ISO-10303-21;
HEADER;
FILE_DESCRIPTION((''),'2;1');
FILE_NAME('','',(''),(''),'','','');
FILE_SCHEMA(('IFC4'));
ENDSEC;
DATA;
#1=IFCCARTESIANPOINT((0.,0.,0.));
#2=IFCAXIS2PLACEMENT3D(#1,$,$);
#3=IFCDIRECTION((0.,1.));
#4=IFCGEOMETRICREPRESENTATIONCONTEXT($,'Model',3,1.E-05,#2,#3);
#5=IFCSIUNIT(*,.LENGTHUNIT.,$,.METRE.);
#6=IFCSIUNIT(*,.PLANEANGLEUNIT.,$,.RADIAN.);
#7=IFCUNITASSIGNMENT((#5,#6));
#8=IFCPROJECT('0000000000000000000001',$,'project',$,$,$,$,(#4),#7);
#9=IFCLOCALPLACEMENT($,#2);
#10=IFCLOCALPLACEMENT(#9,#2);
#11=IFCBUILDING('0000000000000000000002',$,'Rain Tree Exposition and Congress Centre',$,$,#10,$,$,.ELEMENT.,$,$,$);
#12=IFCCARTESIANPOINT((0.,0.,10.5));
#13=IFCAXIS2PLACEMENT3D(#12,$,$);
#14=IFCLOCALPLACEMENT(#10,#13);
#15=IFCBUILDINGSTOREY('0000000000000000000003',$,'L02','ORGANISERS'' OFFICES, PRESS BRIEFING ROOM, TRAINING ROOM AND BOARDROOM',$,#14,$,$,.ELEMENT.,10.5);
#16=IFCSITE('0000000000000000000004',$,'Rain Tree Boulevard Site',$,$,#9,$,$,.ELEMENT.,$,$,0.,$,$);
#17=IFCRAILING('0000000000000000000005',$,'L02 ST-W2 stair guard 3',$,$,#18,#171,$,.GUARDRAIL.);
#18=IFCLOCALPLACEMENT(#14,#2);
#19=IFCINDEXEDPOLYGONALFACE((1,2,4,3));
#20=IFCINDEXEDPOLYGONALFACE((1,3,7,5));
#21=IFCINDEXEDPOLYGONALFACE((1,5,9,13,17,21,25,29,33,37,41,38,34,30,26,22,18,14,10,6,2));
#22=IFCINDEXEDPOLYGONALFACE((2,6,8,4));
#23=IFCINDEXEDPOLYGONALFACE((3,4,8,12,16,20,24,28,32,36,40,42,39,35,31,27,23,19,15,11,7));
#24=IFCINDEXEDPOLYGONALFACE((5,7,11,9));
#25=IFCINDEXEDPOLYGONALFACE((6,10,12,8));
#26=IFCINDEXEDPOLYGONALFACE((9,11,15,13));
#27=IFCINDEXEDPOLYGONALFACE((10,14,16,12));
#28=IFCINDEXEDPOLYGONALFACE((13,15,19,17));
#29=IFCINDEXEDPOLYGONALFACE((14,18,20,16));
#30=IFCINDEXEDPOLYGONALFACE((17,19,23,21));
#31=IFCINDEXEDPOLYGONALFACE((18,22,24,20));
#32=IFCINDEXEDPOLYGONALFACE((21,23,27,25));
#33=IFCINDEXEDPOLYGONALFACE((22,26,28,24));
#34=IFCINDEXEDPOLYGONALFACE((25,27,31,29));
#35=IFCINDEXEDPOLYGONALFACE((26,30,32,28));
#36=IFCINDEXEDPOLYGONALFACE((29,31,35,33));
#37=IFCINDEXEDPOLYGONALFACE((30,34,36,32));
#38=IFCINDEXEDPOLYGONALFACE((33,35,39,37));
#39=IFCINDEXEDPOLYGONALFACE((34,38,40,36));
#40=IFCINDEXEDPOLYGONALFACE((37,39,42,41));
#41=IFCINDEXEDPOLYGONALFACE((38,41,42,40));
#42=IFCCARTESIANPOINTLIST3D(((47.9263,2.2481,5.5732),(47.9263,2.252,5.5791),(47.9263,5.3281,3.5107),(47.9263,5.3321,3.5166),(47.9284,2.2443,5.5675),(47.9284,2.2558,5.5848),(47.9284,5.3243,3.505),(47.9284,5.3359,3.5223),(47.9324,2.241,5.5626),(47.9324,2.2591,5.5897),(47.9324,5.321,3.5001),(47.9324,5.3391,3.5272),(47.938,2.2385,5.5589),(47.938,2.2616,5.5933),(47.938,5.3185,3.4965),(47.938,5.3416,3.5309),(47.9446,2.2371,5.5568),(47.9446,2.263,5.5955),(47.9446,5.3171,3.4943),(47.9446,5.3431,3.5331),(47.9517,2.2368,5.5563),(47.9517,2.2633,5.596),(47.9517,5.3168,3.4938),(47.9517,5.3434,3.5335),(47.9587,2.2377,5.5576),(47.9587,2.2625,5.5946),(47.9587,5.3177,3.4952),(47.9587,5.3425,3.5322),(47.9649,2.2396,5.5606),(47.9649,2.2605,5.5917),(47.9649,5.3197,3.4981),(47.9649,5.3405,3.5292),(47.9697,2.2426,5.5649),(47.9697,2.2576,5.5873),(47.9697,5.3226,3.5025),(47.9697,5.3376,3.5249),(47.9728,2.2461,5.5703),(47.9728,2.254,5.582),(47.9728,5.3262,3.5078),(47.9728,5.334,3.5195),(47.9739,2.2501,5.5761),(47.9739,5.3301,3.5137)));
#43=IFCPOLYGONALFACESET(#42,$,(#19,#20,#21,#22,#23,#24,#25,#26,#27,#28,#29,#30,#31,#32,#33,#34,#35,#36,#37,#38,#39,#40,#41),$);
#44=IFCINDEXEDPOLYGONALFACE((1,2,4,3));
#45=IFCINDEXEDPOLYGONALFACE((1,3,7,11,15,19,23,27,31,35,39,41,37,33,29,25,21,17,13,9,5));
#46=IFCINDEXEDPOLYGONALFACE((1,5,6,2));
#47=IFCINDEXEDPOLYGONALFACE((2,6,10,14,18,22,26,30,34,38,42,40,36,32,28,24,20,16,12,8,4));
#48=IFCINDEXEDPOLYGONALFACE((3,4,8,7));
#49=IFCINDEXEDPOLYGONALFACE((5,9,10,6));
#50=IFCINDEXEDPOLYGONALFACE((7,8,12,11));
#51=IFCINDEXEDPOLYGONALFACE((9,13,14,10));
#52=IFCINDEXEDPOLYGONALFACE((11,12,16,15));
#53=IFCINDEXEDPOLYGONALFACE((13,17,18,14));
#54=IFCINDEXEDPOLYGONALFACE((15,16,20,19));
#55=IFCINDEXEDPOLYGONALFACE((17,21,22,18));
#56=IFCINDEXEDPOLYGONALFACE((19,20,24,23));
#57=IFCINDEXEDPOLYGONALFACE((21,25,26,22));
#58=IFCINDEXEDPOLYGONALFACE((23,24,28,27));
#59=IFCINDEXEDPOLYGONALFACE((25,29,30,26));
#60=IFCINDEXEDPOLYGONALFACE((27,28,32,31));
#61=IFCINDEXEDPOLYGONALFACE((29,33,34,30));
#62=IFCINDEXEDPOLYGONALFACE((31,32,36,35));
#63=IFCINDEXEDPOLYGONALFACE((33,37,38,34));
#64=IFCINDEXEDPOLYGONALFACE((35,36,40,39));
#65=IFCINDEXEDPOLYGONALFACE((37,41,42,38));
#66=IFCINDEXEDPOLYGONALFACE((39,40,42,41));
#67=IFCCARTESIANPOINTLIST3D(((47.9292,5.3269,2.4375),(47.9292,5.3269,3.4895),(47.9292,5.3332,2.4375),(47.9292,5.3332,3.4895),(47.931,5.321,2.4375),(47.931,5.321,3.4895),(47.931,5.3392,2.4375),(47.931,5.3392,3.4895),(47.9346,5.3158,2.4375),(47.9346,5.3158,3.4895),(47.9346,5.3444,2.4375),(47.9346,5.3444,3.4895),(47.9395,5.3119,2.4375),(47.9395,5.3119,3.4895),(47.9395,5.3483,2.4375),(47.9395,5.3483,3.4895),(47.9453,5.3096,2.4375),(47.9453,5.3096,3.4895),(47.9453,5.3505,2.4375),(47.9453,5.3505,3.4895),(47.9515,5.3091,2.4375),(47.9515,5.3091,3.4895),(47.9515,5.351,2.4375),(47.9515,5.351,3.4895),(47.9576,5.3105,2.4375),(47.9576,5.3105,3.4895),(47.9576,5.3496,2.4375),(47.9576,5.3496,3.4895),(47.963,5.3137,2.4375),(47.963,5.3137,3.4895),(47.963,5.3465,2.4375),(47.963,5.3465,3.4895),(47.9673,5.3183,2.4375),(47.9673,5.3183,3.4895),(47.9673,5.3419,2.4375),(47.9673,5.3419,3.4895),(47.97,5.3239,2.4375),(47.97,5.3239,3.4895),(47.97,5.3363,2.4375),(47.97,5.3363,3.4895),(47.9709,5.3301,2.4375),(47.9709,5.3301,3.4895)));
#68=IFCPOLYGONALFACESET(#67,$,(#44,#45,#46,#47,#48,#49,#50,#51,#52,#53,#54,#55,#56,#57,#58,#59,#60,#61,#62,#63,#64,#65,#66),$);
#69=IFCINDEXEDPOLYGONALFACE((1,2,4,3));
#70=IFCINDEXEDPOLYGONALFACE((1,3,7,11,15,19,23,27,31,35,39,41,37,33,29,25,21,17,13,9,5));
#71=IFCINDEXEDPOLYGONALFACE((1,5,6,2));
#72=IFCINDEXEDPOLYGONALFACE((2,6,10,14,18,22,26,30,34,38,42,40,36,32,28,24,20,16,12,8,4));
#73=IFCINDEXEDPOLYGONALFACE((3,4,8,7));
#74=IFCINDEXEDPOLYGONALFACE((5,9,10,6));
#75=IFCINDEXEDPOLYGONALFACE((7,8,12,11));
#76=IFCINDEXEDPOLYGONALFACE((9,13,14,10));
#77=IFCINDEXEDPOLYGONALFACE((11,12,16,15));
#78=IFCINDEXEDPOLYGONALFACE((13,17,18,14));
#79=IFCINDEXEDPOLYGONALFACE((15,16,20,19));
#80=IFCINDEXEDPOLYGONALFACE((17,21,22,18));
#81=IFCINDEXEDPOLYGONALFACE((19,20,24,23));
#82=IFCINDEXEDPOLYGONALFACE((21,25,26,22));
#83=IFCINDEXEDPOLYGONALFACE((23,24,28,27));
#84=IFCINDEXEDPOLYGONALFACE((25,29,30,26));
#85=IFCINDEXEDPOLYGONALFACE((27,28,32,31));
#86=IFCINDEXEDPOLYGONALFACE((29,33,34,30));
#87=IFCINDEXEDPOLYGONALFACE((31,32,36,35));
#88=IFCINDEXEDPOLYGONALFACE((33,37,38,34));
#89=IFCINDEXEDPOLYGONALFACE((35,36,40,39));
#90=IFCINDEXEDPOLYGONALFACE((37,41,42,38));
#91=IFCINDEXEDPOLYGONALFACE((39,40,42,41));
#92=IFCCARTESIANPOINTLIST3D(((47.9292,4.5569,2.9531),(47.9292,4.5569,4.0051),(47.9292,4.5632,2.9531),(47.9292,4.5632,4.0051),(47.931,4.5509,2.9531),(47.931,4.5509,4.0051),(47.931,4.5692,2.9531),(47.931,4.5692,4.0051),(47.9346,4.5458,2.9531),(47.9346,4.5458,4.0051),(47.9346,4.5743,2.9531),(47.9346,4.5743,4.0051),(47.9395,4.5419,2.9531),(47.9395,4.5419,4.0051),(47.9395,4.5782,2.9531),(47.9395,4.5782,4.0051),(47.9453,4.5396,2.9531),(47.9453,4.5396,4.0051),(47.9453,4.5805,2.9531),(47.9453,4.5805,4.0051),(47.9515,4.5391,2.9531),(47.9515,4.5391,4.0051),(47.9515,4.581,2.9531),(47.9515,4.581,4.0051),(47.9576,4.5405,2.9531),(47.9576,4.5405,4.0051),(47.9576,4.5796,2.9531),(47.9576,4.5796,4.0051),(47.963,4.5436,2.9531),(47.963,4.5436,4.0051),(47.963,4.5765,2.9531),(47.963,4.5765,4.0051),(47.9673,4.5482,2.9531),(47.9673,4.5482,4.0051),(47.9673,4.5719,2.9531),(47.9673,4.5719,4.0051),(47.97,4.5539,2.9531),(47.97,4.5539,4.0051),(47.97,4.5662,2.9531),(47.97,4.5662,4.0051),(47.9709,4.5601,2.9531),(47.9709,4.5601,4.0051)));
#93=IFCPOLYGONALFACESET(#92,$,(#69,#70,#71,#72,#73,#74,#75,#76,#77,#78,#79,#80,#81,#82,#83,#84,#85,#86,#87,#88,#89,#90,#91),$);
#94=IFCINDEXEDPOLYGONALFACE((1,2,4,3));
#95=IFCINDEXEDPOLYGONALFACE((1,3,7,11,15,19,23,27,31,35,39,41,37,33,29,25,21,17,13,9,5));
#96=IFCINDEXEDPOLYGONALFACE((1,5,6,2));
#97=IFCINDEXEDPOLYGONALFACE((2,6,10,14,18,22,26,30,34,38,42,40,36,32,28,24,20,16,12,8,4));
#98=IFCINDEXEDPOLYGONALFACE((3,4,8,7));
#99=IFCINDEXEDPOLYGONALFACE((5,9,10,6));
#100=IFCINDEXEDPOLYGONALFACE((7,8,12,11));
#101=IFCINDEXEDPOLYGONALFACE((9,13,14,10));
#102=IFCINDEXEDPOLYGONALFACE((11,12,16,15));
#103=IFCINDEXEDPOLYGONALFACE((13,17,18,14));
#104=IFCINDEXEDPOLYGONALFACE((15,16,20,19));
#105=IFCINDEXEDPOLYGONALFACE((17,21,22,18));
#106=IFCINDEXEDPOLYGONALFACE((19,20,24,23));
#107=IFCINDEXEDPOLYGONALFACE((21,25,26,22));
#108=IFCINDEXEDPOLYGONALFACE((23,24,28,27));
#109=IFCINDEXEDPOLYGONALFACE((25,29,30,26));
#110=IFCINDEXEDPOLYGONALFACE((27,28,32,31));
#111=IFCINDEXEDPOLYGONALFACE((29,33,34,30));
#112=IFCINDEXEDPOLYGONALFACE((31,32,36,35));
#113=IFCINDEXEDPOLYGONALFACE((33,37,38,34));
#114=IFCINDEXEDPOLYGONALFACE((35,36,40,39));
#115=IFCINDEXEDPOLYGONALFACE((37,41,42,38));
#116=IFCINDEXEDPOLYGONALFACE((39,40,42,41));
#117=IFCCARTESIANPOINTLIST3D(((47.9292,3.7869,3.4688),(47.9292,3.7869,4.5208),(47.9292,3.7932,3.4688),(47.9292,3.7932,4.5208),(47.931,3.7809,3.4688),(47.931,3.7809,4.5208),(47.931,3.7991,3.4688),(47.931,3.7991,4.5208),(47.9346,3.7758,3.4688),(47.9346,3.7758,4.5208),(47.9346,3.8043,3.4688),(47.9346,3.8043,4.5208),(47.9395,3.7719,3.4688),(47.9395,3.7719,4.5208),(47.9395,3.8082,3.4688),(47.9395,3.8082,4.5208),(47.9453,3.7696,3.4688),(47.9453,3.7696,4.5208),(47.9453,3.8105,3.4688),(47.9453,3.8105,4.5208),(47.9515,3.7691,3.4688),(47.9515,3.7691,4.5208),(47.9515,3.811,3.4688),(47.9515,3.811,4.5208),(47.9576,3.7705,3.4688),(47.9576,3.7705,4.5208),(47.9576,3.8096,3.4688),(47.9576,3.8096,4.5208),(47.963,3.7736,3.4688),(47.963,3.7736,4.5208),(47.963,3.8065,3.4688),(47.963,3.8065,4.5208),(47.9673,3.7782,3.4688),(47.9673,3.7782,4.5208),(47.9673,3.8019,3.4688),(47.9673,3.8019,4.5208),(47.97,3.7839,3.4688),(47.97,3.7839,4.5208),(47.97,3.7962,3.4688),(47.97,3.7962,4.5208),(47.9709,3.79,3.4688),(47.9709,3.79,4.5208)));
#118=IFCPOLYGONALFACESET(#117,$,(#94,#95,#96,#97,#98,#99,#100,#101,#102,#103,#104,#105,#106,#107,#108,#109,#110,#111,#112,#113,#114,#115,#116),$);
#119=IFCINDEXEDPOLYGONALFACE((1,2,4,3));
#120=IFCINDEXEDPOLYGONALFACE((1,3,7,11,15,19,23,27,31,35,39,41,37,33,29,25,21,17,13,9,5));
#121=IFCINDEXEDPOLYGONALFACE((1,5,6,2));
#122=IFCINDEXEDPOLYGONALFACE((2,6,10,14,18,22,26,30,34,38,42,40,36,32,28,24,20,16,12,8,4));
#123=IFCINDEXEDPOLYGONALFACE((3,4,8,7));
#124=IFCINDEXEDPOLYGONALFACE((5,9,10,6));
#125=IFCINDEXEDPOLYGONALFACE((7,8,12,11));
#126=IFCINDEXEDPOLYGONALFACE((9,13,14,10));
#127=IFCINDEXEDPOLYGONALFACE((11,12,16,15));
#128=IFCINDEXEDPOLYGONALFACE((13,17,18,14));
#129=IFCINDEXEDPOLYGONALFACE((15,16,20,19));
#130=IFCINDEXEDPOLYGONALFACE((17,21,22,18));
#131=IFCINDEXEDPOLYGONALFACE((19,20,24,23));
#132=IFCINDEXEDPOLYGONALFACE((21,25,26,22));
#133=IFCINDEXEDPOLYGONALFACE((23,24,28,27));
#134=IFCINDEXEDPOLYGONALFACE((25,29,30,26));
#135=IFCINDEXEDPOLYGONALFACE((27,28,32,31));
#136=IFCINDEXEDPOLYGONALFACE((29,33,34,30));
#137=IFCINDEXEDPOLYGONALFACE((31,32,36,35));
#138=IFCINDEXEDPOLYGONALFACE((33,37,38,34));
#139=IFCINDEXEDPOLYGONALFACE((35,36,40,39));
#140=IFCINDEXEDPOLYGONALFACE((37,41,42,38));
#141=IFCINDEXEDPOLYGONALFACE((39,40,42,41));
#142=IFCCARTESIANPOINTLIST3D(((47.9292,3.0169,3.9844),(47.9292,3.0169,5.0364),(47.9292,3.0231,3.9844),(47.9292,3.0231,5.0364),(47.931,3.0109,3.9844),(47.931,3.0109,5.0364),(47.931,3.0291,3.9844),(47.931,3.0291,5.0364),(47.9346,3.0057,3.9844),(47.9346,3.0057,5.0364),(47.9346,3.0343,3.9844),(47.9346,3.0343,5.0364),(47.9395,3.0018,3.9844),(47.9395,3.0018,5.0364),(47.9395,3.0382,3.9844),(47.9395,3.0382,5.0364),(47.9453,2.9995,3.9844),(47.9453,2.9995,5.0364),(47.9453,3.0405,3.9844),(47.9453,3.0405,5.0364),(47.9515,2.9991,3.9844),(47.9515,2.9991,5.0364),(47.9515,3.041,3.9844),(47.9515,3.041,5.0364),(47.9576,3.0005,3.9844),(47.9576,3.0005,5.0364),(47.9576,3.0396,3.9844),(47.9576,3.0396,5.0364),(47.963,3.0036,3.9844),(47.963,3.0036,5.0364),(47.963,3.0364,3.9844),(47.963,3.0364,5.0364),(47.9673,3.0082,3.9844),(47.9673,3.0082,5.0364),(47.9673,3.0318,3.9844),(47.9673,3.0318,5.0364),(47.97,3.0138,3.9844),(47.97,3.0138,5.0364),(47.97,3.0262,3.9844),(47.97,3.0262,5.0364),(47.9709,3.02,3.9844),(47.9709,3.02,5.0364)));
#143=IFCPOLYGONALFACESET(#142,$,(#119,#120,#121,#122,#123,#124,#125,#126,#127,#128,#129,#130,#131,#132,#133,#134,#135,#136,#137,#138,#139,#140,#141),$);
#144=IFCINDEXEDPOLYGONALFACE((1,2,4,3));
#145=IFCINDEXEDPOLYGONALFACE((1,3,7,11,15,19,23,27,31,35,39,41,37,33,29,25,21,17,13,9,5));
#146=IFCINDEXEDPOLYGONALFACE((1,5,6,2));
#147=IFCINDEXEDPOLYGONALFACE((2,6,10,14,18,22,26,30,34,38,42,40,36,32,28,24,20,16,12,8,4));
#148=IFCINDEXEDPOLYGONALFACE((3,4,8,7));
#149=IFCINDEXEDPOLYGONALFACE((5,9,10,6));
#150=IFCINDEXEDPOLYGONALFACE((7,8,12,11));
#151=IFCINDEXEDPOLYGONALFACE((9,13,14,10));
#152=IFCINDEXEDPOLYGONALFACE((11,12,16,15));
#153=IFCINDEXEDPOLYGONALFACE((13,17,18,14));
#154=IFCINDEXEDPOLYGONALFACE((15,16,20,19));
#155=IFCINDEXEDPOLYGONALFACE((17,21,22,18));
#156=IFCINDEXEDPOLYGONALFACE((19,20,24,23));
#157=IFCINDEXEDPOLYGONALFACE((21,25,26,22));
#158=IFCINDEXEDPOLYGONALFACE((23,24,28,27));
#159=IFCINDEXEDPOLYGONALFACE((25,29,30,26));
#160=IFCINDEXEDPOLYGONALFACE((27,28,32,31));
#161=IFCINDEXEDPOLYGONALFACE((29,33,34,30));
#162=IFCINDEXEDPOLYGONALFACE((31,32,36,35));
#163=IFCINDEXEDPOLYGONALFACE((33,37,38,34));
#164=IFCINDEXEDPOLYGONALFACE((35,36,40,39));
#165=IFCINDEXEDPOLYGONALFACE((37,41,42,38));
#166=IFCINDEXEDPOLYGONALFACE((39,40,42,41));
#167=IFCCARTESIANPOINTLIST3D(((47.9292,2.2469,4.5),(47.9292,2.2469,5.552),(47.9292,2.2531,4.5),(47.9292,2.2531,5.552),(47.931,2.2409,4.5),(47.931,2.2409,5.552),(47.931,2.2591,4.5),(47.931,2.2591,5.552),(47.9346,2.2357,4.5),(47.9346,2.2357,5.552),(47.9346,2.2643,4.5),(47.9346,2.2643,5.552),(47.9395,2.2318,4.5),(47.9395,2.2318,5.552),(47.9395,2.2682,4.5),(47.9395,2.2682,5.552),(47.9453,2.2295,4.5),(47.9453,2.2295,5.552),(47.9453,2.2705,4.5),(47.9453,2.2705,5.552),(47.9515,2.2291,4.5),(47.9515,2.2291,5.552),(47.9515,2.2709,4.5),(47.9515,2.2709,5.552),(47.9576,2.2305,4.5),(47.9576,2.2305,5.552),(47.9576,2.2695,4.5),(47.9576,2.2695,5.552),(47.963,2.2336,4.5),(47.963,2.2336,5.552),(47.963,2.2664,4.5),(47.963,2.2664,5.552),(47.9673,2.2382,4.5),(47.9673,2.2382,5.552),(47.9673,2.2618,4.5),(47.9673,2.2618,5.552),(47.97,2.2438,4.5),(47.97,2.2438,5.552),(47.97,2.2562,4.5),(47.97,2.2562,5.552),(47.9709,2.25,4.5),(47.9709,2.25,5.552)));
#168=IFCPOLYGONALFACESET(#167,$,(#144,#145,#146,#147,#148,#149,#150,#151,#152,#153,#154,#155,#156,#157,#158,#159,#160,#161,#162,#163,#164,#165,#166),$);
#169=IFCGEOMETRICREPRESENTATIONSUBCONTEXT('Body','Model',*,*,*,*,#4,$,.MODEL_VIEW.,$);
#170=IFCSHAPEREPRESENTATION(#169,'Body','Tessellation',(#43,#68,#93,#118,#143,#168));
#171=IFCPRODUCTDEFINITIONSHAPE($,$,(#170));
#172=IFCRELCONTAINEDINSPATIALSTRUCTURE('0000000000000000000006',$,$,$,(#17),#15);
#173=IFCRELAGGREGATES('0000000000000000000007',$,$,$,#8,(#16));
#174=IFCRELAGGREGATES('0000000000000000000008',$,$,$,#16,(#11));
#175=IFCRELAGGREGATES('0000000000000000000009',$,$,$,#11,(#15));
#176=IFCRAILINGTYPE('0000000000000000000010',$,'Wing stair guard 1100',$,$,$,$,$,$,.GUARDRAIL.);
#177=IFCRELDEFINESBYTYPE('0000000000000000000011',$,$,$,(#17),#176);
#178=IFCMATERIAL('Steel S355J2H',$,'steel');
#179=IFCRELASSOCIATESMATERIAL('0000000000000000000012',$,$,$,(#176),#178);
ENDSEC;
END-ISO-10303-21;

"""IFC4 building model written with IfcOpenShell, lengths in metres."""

from ifc_helpers import new_model, si_unit, direction, frame, origin, origin_2d, place, context, subcontext, project, spatial, circle, extrude, material, type_object, element, save


model = new_model("IFC4")

# Units and contexts
model_context = context("Model", 3, precision=1e-05, world=origin(), true_north=direction((0.0, 1.0)))
body_context = subcontext(model_context, "Body", "Model", "MODEL_VIEW")
ifc_project = project(units=[si_unit("LENGTHUNIT", "METRE"), si_unit("PLANEANGLEUNIT", "RADIAN")], contexts=[model_context])

# Site, building, storey
site_placement = place(None, origin())
site = spatial("IfcSite", under=ifc_project, at=site_placement, Name="Rain Tree Boulevard Site", CompositionType="ELEMENT", RefElevation=0.0)
building_placement = place(site_placement, origin())
building = spatial("IfcBuilding", under=site, at=building_placement, Name="Rain Tree Exposition and Congress Centre", CompositionType="ELEMENT")
storey_placement = place(building_placement, frame((0.0, 0.0, 10.5)))
storey = spatial("IfcBuildingStorey", under=building, at=storey_placement, Name="L02", Description="ORGANISERS' OFFICES, PRESS BRIEFING ROOM, TRAINING ROOM AND BOARDROOM", CompositionType="ELEMENT", Elevation=10.5)

# Railing
ifc_material_1 = material(Name="Steel S355J2H", Category="steel")
railing_type_1 = type_object("IfcRailingType", Name="Wing stair guard 1100", PredefinedType="GUARDRAIL", material=ifc_material_1)
railing_1_placement = place(storey_placement, frame((47.95, 5.3301, 2.4375)))
element("IfcRailing", 1, at=railing_1_placement, inside=storey, type_object=railing_type_1, Name="L02 ST-W2 stair guard 3", PredefinedType="GUARDRAIL", context=body_context, shape_type="SweptSolid", body=[
    extrude(circle(Radius=0.0239, at=origin_2d()), frame((0.0, 0.0, 1.0762), z_axis=(0.0, -0.830914, 0.556401), x_axis=(1.0, 0.0, 0.0)), (0.0, 0.0, 1.0), 3.7068),
    extrude(circle(Radius=0.021, at=origin_2d()), origin(), (0.0, 0.0, 1.0), 1.052),
    extrude(circle(Radius=0.021, at=origin_2d()), frame((0.0, -0.77, 0.5156)), (0.0, 0.0, 1.0), 1.052),
    extrude(circle(Radius=0.021, at=origin_2d()), frame((0.0, -1.54, 1.0312)), (0.0, 0.0, 1.0), 1.052),
    extrude(circle(Radius=0.021, at=origin_2d()), frame((0.0, -2.3101, 1.5469)), (0.0, 0.0, 1.0), 1.052),
    extrude(circle(Radius=0.021, at=origin_2d()), frame((0.0, -3.0801, 2.0625)), (0.0, 0.0, 1.0), 1.052),
])

save(model, "model.ifc")
